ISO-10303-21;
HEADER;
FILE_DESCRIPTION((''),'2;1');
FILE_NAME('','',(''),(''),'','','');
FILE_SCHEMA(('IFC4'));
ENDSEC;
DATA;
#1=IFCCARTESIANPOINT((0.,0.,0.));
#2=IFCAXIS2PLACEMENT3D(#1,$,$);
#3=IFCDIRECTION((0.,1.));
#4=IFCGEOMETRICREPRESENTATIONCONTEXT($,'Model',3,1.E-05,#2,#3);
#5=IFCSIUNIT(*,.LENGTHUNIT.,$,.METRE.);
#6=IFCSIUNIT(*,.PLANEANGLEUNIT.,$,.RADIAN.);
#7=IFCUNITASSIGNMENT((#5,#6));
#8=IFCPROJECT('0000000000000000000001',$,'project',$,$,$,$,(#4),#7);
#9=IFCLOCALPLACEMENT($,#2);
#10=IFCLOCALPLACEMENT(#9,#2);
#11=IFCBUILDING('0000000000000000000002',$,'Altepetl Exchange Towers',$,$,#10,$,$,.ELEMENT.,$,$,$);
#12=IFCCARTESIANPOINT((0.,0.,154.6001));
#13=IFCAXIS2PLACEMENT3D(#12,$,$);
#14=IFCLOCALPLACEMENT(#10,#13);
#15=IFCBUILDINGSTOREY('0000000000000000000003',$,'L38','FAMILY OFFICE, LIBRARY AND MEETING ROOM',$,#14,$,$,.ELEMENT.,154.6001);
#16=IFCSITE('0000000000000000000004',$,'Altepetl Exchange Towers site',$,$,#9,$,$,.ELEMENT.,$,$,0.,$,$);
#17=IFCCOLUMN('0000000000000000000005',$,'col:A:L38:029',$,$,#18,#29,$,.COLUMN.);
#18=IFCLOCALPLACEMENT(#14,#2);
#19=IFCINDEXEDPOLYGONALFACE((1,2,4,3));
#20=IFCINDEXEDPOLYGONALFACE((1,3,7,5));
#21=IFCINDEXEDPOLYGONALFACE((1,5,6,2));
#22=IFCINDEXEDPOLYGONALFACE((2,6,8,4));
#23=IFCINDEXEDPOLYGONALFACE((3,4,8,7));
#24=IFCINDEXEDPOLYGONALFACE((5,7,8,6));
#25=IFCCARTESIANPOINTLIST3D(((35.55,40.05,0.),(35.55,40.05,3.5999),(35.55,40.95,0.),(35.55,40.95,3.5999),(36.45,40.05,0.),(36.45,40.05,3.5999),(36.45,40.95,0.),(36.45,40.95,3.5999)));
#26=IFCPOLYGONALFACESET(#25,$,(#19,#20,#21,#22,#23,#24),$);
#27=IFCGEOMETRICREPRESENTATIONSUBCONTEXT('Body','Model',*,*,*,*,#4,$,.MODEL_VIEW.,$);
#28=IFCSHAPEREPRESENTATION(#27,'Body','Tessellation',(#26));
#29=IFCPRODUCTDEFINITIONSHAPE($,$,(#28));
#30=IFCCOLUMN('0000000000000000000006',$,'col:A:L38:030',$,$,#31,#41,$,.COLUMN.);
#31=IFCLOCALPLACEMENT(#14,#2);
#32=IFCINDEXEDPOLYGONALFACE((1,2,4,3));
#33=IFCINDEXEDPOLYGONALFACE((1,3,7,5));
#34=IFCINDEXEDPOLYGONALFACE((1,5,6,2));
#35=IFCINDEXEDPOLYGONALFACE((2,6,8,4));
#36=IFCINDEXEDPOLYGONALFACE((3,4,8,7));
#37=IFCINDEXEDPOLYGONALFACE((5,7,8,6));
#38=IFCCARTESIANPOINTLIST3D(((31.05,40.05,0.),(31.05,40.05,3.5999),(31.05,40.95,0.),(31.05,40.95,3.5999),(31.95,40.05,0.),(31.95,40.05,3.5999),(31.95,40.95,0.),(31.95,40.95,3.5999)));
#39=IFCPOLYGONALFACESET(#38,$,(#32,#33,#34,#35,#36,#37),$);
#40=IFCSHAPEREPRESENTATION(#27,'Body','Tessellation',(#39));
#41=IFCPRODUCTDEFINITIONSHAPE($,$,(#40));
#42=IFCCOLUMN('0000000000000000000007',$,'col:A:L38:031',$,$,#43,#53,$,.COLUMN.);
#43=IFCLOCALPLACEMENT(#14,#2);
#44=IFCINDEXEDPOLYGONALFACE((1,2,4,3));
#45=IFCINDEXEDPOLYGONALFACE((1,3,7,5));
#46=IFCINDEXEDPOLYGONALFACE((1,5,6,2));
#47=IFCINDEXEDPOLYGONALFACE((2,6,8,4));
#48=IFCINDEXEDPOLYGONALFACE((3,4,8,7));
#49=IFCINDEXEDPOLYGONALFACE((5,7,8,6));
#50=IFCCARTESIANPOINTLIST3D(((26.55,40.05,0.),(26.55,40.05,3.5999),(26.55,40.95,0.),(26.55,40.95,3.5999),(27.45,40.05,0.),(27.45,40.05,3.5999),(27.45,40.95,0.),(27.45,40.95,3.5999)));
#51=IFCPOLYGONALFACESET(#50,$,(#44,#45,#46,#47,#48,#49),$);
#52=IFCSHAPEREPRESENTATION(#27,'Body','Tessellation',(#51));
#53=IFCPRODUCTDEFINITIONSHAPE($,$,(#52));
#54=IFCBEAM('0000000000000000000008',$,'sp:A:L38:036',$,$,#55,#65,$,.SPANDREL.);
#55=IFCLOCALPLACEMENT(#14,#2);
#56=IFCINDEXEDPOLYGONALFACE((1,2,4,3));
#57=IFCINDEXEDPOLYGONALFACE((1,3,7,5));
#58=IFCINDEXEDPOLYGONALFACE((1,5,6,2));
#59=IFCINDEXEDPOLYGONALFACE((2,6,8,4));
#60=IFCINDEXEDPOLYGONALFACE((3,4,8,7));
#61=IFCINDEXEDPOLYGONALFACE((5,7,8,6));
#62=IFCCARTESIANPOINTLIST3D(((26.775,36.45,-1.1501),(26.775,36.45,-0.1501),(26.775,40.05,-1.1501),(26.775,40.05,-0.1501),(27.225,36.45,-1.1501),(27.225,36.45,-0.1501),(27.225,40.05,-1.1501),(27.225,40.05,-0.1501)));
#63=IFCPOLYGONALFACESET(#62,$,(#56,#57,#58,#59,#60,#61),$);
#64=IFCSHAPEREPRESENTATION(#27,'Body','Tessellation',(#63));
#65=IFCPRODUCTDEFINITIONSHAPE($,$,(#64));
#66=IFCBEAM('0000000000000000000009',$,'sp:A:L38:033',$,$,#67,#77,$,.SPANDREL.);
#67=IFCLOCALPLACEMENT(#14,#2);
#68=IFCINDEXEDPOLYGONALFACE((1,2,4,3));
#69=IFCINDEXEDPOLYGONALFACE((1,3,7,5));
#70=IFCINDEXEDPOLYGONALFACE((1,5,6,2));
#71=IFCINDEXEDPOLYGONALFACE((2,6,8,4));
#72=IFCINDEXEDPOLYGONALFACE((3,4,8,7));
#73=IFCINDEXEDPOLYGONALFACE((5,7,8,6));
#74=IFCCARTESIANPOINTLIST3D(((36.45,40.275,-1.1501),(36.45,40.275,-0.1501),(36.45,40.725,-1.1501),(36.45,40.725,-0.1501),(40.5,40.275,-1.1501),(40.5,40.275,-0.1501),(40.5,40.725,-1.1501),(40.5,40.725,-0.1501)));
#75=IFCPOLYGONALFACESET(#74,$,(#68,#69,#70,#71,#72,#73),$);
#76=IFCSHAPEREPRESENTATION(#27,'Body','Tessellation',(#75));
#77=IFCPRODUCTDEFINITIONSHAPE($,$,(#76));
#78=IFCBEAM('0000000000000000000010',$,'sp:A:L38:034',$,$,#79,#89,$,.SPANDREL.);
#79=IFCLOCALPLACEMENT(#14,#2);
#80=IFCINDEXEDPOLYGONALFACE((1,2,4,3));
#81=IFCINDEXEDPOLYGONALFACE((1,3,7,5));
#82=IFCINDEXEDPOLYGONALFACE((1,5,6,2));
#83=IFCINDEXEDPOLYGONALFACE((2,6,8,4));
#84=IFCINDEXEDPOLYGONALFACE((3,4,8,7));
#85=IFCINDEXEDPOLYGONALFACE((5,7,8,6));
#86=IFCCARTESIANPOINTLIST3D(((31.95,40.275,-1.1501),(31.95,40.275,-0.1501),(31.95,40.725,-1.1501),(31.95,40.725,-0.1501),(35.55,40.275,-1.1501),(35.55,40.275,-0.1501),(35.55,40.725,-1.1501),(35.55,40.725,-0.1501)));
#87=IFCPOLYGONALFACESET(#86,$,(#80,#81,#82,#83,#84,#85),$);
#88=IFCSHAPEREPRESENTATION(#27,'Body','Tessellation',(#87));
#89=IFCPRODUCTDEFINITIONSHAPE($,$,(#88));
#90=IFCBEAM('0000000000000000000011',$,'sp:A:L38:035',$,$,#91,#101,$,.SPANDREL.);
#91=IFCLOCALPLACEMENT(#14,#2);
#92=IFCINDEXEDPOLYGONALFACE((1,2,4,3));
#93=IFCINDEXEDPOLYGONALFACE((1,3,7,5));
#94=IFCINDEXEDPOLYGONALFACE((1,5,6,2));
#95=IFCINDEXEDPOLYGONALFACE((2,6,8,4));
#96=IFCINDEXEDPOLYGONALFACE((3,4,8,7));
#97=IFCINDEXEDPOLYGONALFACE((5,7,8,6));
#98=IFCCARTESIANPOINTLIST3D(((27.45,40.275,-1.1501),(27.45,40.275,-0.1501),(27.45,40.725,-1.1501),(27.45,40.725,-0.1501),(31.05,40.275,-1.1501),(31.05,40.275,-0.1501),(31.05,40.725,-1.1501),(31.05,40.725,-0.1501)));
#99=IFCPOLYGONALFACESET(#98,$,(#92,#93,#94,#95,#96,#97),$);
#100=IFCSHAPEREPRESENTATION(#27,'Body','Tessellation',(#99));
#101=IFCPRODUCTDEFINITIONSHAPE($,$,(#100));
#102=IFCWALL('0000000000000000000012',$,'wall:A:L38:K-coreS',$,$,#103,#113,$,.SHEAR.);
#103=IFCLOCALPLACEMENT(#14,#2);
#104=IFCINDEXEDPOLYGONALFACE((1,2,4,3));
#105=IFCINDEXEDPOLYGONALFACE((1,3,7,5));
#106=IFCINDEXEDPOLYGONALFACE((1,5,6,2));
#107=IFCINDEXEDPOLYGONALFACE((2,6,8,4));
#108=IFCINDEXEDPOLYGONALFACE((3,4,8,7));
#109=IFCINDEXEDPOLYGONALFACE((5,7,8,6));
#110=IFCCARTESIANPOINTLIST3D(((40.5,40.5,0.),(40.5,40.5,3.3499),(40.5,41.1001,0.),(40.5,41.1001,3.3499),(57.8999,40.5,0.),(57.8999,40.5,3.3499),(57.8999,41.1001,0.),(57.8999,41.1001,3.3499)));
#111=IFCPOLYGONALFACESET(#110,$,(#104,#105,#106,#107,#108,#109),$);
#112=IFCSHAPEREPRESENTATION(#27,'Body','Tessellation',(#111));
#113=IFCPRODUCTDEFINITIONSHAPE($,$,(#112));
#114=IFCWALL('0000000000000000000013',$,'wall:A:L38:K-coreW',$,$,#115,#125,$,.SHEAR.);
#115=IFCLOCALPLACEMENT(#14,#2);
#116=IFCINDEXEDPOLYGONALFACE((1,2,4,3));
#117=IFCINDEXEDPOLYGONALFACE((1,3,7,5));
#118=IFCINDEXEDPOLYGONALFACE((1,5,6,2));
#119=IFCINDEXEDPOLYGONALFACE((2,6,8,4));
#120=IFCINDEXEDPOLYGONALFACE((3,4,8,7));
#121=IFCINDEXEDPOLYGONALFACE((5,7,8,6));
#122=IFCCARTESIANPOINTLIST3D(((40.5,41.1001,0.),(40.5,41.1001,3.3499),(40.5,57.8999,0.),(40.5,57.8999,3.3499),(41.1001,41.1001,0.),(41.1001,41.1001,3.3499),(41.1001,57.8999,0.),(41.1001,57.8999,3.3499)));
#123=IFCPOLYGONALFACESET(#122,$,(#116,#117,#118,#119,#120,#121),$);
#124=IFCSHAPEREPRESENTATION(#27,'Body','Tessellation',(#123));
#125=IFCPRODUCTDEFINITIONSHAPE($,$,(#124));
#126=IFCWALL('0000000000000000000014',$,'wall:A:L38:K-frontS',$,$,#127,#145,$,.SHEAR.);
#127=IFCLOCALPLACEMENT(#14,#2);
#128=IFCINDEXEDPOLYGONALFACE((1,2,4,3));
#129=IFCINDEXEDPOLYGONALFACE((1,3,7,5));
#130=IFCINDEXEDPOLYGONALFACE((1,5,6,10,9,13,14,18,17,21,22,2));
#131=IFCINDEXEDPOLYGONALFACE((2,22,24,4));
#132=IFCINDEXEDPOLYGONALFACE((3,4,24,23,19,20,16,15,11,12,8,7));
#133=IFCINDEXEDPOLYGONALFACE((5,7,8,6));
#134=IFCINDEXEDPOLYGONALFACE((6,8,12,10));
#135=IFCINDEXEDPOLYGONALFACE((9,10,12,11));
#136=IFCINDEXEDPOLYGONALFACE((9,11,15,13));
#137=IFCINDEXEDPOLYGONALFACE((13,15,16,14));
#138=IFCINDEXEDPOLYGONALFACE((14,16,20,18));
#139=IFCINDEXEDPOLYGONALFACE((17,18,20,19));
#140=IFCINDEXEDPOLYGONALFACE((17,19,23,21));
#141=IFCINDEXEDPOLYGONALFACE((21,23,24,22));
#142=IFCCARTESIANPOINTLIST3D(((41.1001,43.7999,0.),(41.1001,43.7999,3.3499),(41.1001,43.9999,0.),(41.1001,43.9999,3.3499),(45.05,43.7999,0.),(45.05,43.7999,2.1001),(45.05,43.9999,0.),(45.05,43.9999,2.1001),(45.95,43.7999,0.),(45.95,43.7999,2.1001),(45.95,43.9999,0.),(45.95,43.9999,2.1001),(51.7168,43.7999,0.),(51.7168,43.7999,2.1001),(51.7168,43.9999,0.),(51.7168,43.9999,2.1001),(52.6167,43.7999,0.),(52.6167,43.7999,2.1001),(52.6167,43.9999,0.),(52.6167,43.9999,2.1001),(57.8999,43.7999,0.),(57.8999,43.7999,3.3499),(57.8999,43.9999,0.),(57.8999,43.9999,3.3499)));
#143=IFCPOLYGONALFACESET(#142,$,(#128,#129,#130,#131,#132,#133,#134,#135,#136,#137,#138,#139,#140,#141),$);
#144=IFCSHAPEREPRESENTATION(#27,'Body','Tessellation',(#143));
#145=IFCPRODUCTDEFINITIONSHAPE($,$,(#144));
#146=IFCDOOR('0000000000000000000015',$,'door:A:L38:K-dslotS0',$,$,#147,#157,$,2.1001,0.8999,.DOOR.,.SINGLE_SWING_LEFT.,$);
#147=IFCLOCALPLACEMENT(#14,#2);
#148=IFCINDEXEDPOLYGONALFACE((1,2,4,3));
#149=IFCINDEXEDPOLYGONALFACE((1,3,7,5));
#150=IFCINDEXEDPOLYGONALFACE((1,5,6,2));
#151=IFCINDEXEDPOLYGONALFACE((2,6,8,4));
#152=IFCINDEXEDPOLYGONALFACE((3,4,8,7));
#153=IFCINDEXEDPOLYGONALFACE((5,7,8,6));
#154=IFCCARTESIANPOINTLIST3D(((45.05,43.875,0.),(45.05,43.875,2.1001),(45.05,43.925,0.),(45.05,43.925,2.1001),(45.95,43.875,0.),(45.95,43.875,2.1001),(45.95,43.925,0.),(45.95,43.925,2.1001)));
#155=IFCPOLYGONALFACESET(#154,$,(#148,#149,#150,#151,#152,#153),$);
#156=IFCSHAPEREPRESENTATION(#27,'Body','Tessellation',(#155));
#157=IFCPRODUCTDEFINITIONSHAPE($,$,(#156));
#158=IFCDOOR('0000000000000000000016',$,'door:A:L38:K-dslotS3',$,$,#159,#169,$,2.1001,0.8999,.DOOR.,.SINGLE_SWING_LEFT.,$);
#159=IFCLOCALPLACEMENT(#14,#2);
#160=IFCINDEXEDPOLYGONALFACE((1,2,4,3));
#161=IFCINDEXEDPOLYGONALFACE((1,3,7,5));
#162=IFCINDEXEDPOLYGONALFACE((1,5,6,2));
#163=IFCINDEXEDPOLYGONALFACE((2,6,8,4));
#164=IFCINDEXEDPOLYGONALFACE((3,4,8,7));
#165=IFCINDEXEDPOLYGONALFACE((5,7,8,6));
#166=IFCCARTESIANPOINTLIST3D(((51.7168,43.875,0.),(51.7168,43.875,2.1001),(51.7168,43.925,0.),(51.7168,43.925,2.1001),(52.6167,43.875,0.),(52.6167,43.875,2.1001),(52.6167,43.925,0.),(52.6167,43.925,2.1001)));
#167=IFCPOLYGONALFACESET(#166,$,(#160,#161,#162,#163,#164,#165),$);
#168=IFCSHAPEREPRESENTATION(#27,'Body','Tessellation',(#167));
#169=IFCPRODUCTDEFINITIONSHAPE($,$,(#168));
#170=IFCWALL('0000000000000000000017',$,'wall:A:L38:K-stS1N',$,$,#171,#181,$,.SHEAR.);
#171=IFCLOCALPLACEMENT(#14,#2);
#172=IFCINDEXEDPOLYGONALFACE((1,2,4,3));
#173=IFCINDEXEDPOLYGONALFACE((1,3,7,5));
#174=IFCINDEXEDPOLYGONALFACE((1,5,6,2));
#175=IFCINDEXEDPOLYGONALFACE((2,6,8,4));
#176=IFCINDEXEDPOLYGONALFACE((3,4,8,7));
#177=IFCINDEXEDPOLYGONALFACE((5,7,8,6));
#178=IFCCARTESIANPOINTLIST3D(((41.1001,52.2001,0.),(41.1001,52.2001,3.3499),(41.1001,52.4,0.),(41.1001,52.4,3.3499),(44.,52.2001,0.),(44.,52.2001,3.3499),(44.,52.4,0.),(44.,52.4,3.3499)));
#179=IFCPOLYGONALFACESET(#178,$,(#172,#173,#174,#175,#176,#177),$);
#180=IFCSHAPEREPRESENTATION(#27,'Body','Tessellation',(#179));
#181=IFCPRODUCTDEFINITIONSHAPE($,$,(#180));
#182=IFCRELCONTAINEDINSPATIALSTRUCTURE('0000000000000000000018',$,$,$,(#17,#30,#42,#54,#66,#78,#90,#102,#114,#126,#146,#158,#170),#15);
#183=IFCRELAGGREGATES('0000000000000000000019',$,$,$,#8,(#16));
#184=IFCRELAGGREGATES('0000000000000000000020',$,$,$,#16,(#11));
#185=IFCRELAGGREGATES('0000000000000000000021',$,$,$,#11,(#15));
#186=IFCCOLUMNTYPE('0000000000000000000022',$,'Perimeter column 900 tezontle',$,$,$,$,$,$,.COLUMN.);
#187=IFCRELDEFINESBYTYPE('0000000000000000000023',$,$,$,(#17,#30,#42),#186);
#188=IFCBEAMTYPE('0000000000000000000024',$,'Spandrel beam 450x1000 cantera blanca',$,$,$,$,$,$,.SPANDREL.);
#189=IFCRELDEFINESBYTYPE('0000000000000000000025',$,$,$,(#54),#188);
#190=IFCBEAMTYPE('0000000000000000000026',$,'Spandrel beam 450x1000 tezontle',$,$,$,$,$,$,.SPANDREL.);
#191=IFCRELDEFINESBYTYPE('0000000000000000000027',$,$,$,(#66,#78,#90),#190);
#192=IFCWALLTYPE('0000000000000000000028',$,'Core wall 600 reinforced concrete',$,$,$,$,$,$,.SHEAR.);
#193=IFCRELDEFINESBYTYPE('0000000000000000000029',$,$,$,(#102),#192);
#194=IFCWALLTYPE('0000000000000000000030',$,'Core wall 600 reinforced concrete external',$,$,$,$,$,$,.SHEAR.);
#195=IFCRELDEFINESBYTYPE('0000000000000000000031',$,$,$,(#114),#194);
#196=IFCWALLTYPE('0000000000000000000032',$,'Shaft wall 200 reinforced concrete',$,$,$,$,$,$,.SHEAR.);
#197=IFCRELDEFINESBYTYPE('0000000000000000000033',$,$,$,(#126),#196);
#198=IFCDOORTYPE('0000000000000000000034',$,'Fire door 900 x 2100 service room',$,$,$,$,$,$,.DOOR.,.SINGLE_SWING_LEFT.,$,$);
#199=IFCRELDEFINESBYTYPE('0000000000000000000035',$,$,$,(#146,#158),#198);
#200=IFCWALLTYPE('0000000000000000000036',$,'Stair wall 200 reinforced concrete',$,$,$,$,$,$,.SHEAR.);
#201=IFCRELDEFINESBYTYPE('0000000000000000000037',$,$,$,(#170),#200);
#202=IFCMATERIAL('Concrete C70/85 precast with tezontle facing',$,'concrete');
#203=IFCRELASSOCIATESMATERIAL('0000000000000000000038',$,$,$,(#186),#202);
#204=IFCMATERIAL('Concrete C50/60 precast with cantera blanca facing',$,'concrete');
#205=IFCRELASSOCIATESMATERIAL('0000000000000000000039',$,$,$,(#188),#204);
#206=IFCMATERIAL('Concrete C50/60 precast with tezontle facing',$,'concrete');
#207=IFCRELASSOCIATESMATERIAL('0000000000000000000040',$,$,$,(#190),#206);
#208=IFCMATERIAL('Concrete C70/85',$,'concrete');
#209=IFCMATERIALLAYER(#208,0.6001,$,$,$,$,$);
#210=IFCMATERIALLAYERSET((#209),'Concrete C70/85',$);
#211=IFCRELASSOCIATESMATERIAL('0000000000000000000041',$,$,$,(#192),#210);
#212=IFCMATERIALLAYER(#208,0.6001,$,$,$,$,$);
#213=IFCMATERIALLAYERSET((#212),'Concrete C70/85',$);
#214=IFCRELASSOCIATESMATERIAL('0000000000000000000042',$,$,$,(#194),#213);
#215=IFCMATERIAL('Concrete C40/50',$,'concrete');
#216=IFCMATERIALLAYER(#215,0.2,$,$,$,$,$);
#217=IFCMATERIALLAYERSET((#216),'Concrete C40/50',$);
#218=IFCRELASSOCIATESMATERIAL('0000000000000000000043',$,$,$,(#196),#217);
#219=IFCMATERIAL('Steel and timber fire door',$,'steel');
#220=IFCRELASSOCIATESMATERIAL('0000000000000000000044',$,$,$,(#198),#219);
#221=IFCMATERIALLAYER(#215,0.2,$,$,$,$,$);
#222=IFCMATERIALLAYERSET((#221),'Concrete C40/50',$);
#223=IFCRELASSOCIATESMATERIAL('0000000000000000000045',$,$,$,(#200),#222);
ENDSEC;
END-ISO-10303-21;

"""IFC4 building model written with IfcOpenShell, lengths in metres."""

from ifc_helpers import new_model, si_unit, direction, frame, frame_2d, origin, origin_2d, place, context, subcontext, project, spatial, rectangle, extrude, material, layer, layer_set, material_profile, profile_set, type_object, element, fill, save


model = new_model("IFC4")

# Units and contexts
model_context = context("Model", 3, precision=1e-05, world=origin(), true_north=direction((0.0, 1.0)))
body_context = subcontext(model_context, "Body", "Model", "MODEL_VIEW")
ifc_project = project(units=[si_unit("LENGTHUNIT", "METRE"), si_unit("PLANEANGLEUNIT", "RADIAN")], contexts=[model_context])

# Site, building, storey
site_placement = place(None, origin())
site = spatial("IfcSite", under=ifc_project, at=site_placement, Name="Altepetl Exchange Towers site", CompositionType="ELEMENT", RefElevation=0.0)
building_placement = place(site_placement, origin())
building = spatial("IfcBuilding", under=site, at=building_placement, Name="Altepetl Exchange Towers", CompositionType="ELEMENT")
storey_placement = place(building_placement, frame((0.0, 0.0, 154.6001)))
storey = spatial("IfcBuildingStorey", under=building, at=storey_placement, Name="L38", Description="FAMILY OFFICE, LIBRARY AND MEETING ROOM", CompositionType="ELEMENT", Elevation=154.6001)

# Columns
ifc_material_1 = material(Name="Concrete C70/85 precast with tezontle facing", Category="concrete")
ifc_material_profile_1 = material_profile(ifc_material_1, rectangle(XDim=0.8999, YDim=0.8999, at=origin_2d()), Name="900 x 900")
ifc_profile_set_1 = profile_set([ifc_material_profile_1], Name="Concrete C70/85 precast with tezontle facing")
column_type = type_object("IfcColumnType", Name="Perimeter column 900 tezontle", PredefinedType="COLUMN", material=ifc_profile_set_1)
for number, where, name in (
    (1, (36.0, 40.5, 0.0), "col:A:L38:029"),
    (2, (31.5, 40.5, 0.0), "col:A:L38:030"),
    (3, (27.0, 40.5, 0.0), "col:A:L38:031"),
):
    element("IfcColumn", number, at=place(storey_placement, frame(where)), inside=storey, type_object=column_type, Name=name, PredefinedType="COLUMN", context=body_context, shape_type="SweptSolid", body=[
        extrude(rectangle(XDim=0.8999, YDim=0.8999, at=origin_2d()), origin(), (0.0, 0.0, 1.0), 3.5999),
    ])

# Beams
ifc_material_2 = material(Name="Concrete C50/60 precast with cantera blanca facing", Category="concrete")
ifc_material_profile_2 = material_profile(ifc_material_2, rectangle(XDim=0.45, YDim=1.0, at=origin_2d()), Name="450 x 1000")
ifc_profile_set_2 = profile_set([ifc_material_profile_2], Name="Concrete C50/60 precast with cantera blanca facing")
beam_type_1 = type_object("IfcBeamType", Name="Spandrel beam 450x1000 cantera blanca", PredefinedType="SPANDREL", material=ifc_profile_set_2)
beam_1_placement = place(storey_placement, frame((27.0, 40.05, -0.6501), z_axis=(0.0, -1.0, 0.0), x_axis=(1.0, 0.0, 0.0)))
element("IfcBeam", 4, at=beam_1_placement, inside=storey, type_object=beam_type_1, Name="sp:A:L38:036", PredefinedType="SPANDREL", context=body_context, shape_type="SweptSolid", body=[
    extrude(rectangle(XDim=0.45, YDim=1.0, at=origin_2d()), origin(), (0.0, 0.0, 1.0), 3.6001),
])
ifc_material_3 = material(Name="Concrete C50/60 precast with tezontle facing", Category="concrete")
ifc_material_profile_3 = material_profile(ifc_material_3, rectangle(XDim=0.45, YDim=1.0, at=origin_2d()), Name="450 x 1000")
ifc_profile_set_3 = profile_set([ifc_material_profile_3], Name="Concrete C50/60 precast with tezontle facing")
beam_type_2 = type_object("IfcBeamType", Name="Spandrel beam 450x1000 tezontle", PredefinedType="SPANDREL", material=ifc_profile_set_3)
beam_2_placement = place(storey_placement, frame((40.5, 40.5, -0.6501), z_axis=(-1.0, 0.0, 0.0), x_axis=(0.0, -1.0, 0.0)))
element("IfcBeam", 5, at=beam_2_placement, inside=storey, type_object=beam_type_2, Name="sp:A:L38:033", PredefinedType="SPANDREL", context=body_context, shape_type="SweptSolid", body=[
    extrude(rectangle(XDim=0.45, YDim=1.0, at=origin_2d()), origin(), (0.0, 0.0, 1.0), 4.05),
])
for number, where, z_axis, x_axis, name in (
    (6, (35.55, 40.5, -0.6501), (-1.0, 0.0, 0.0), (0.0, -1.0, 0.0), "sp:A:L38:034"),
    (7, (31.05, 40.5, -0.6501), (-1.0, 0.0, 0.0), (0.0, -1.0, 0.0), "sp:A:L38:035"),
):
    element("IfcBeam", number, at=place(storey_placement, frame(where, z_axis=z_axis, x_axis=x_axis)), inside=storey, type_object=beam_type_2, Name=name, PredefinedType="SPANDREL", context=body_context, shape_type="SweptSolid", body=[
        extrude(rectangle(XDim=0.45, YDim=1.0, at=origin_2d()), origin(), (0.0, 0.0, 1.0), 3.6001),
    ])

# Walls
ifc_material_4 = material(Name="Concrete C70/85", Category="concrete")
ifc_layer_1 = layer(ifc_material_4, 0.6001)
ifc_layer_set_1 = layer_set([ifc_layer_1], Name="Concrete C70/85")
wall_type_1 = type_object("IfcWallType", Name="Core wall 600 reinforced concrete", PredefinedType="SHEAR", material=ifc_layer_set_1)
wall_1_placement = place(storey_placement, frame((40.5, 40.8, 0.0)))
element("IfcWall", 8, at=wall_1_placement, inside=storey, type_object=wall_type_1, Name="wall:A:L38:K-coreS", PredefinedType="SHEAR", context=body_context, shape_type="SweptSolid", body=[
    extrude(rectangle(XDim=17.3999, YDim=0.6001, at=frame_2d((8.7, 0.0))), origin(), (0.0, 0.0, 1.0), 3.3499),
])
ifc_layer_2 = layer(ifc_material_4, 0.6001)
ifc_layer_set_2 = layer_set([ifc_layer_2], Name="Concrete C70/85")
wall_type_2 = type_object("IfcWallType", Name="Core wall 600 reinforced concrete external", PredefinedType="SHEAR", material=ifc_layer_set_2)
wall_2_placement = place(storey_placement, frame((40.8, 41.1001, 0.0), z_axis=(0.0, 0.0, 1.0), x_axis=(0.0, 1.0, 0.0)))
element("IfcWall", 9, at=wall_2_placement, inside=storey, type_object=wall_type_2, Name="wall:A:L38:K-coreW", PredefinedType="SHEAR", context=body_context, shape_type="SweptSolid", body=[
    extrude(rectangle(XDim=16.7998, YDim=0.6001, at=frame_2d((8.3999, 0.0))), origin(), (0.0, 0.0, 1.0), 3.3499),
])

# Wall, openings, doors
ifc_material_5 = material(Name="Concrete C40/50", Category="concrete")
ifc_layer_3 = layer(ifc_material_5, 0.2)
ifc_layer_set_3 = layer_set([ifc_layer_3], Name="Concrete C40/50")
wall_type_3 = type_object("IfcWallType", Name="Shaft wall 200 reinforced concrete", PredefinedType="SHEAR", material=ifc_layer_set_3)
wall_3_placement = place(storey_placement, frame((41.1001, 43.8999, 0.0)))
wall_3 = element("IfcWall", 10, at=wall_3_placement, inside=storey, type_object=wall_type_3, Name="wall:A:L38:K-frontS", PredefinedType="SHEAR", context=body_context, shape_type="SweptSolid", body=[
    extrude(rectangle(XDim=16.7998, YDim=0.2, at=frame_2d((8.3999, 0.0))), origin(), (0.0, 0.0, 1.0), 3.3499),
])
opening_1_placement = place(wall_3_placement, frame((3.95, 0.0, 0.0)))
opening_1 = element("IfcOpeningElement", 11, at=opening_1_placement, cuts=wall_3, PredefinedType="OPENING", context=body_context, shape_type="SweptSolid", body=[
    extrude(rectangle(XDim=0.8999, YDim=2.1001, at=frame_2d((0.45, 1.05))), frame((0.0, 0.1099, 0.0), z_axis=(0.0, -1.0, 0.0), x_axis=(1.0, 0.0, 0.0)), (0.0, 0.0, 1.0), 0.22),
])
opening_2_placement = place(wall_3_placement, frame((10.6167, 0.0, 0.0)))
opening_2 = element("IfcOpeningElement", 12, at=opening_2_placement, cuts=wall_3, PredefinedType="OPENING", context=body_context, shape_type="SweptSolid", body=[
    extrude(rectangle(XDim=0.8999, YDim=2.1001, at=frame_2d((0.45, 1.05))), frame((0.0, 0.1099, 0.0), z_axis=(0.0, -1.0, 0.0), x_axis=(1.0, 0.0, 0.0)), (0.0, 0.0, 1.0), 0.22),
])
ifc_material_6 = material(Name="Steel and timber fire door", Category="steel")
door_type_1 = type_object("IfcDoorType", Name="Fire door 900 x 2100 service room", OperationType="SINGLE_SWING_LEFT", PredefinedType="DOOR", material=ifc_material_6)
door_1_placement = place(opening_1_placement, frame((0.8999, 0.0, 0.0), x_axis=(-1.0, 0.0, 0.0)))
door_1 = element("IfcDoor", 13, at=door_1_placement, inside=storey, type_object=door_type_1, Name="door:A:L38:K-dslotS0", OperationType="SINGLE_SWING_LEFT", OverallHeight=2.1001, OverallWidth=0.8999, PredefinedType="DOOR", context=body_context, shape_type="SweptSolid", body=[
    extrude(rectangle(XDim=0.8999, YDim=2.1001, at=frame_2d((0.45, 1.05))), frame((0.0, 0.0249, 0.0), z_axis=(0.0, -1.0, 0.0), x_axis=(1.0, 0.0, 0.0)), (0.0, 0.0, 1.0), 0.05),
])
fill(opening_1, door_1)
door_2_placement = place(opening_2_placement, frame((0.8999, 0.0, 0.0), x_axis=(-1.0, 0.0, 0.0)))
door_2 = element("IfcDoor", 14, at=door_2_placement, inside=storey, type_object=door_type_1, Name="door:A:L38:K-dslotS3", OperationType="SINGLE_SWING_LEFT", OverallHeight=2.1001, OverallWidth=0.8999, PredefinedType="DOOR", context=body_context, shape_type="SweptSolid", body=[
    extrude(rectangle(XDim=0.8999, YDim=2.1001, at=frame_2d((0.45, 1.05))), frame((0.0, 0.0249, 0.0), z_axis=(0.0, -1.0, 0.0), x_axis=(1.0, 0.0, 0.0)), (0.0, 0.0, 1.0), 0.05),
])
fill(opening_2, door_2)

# Wall
ifc_layer_4 = layer(ifc_material_5, 0.2)
ifc_layer_set_4 = layer_set([ifc_layer_4], Name="Concrete C40/50")
wall_type_4 = type_object("IfcWallType", Name="Stair wall 200 reinforced concrete", PredefinedType="SHEAR", material=ifc_layer_set_4)
wall_4_placement = place(storey_placement, frame((41.1001, 52.3, 0.0)))
element("IfcWall", 15, at=wall_4_placement, inside=storey, type_object=wall_type_4, Name="wall:A:L38:K-stS1N", PredefinedType="SHEAR", context=body_context, shape_type="SweptSolid", body=[
    extrude(rectangle(XDim=2.8999, YDim=0.2, at=frame_2d((1.45, 0.0))), origin(), (0.0, 0.0, 1.0), 3.3499),
])

save(model, "model.ifc")
